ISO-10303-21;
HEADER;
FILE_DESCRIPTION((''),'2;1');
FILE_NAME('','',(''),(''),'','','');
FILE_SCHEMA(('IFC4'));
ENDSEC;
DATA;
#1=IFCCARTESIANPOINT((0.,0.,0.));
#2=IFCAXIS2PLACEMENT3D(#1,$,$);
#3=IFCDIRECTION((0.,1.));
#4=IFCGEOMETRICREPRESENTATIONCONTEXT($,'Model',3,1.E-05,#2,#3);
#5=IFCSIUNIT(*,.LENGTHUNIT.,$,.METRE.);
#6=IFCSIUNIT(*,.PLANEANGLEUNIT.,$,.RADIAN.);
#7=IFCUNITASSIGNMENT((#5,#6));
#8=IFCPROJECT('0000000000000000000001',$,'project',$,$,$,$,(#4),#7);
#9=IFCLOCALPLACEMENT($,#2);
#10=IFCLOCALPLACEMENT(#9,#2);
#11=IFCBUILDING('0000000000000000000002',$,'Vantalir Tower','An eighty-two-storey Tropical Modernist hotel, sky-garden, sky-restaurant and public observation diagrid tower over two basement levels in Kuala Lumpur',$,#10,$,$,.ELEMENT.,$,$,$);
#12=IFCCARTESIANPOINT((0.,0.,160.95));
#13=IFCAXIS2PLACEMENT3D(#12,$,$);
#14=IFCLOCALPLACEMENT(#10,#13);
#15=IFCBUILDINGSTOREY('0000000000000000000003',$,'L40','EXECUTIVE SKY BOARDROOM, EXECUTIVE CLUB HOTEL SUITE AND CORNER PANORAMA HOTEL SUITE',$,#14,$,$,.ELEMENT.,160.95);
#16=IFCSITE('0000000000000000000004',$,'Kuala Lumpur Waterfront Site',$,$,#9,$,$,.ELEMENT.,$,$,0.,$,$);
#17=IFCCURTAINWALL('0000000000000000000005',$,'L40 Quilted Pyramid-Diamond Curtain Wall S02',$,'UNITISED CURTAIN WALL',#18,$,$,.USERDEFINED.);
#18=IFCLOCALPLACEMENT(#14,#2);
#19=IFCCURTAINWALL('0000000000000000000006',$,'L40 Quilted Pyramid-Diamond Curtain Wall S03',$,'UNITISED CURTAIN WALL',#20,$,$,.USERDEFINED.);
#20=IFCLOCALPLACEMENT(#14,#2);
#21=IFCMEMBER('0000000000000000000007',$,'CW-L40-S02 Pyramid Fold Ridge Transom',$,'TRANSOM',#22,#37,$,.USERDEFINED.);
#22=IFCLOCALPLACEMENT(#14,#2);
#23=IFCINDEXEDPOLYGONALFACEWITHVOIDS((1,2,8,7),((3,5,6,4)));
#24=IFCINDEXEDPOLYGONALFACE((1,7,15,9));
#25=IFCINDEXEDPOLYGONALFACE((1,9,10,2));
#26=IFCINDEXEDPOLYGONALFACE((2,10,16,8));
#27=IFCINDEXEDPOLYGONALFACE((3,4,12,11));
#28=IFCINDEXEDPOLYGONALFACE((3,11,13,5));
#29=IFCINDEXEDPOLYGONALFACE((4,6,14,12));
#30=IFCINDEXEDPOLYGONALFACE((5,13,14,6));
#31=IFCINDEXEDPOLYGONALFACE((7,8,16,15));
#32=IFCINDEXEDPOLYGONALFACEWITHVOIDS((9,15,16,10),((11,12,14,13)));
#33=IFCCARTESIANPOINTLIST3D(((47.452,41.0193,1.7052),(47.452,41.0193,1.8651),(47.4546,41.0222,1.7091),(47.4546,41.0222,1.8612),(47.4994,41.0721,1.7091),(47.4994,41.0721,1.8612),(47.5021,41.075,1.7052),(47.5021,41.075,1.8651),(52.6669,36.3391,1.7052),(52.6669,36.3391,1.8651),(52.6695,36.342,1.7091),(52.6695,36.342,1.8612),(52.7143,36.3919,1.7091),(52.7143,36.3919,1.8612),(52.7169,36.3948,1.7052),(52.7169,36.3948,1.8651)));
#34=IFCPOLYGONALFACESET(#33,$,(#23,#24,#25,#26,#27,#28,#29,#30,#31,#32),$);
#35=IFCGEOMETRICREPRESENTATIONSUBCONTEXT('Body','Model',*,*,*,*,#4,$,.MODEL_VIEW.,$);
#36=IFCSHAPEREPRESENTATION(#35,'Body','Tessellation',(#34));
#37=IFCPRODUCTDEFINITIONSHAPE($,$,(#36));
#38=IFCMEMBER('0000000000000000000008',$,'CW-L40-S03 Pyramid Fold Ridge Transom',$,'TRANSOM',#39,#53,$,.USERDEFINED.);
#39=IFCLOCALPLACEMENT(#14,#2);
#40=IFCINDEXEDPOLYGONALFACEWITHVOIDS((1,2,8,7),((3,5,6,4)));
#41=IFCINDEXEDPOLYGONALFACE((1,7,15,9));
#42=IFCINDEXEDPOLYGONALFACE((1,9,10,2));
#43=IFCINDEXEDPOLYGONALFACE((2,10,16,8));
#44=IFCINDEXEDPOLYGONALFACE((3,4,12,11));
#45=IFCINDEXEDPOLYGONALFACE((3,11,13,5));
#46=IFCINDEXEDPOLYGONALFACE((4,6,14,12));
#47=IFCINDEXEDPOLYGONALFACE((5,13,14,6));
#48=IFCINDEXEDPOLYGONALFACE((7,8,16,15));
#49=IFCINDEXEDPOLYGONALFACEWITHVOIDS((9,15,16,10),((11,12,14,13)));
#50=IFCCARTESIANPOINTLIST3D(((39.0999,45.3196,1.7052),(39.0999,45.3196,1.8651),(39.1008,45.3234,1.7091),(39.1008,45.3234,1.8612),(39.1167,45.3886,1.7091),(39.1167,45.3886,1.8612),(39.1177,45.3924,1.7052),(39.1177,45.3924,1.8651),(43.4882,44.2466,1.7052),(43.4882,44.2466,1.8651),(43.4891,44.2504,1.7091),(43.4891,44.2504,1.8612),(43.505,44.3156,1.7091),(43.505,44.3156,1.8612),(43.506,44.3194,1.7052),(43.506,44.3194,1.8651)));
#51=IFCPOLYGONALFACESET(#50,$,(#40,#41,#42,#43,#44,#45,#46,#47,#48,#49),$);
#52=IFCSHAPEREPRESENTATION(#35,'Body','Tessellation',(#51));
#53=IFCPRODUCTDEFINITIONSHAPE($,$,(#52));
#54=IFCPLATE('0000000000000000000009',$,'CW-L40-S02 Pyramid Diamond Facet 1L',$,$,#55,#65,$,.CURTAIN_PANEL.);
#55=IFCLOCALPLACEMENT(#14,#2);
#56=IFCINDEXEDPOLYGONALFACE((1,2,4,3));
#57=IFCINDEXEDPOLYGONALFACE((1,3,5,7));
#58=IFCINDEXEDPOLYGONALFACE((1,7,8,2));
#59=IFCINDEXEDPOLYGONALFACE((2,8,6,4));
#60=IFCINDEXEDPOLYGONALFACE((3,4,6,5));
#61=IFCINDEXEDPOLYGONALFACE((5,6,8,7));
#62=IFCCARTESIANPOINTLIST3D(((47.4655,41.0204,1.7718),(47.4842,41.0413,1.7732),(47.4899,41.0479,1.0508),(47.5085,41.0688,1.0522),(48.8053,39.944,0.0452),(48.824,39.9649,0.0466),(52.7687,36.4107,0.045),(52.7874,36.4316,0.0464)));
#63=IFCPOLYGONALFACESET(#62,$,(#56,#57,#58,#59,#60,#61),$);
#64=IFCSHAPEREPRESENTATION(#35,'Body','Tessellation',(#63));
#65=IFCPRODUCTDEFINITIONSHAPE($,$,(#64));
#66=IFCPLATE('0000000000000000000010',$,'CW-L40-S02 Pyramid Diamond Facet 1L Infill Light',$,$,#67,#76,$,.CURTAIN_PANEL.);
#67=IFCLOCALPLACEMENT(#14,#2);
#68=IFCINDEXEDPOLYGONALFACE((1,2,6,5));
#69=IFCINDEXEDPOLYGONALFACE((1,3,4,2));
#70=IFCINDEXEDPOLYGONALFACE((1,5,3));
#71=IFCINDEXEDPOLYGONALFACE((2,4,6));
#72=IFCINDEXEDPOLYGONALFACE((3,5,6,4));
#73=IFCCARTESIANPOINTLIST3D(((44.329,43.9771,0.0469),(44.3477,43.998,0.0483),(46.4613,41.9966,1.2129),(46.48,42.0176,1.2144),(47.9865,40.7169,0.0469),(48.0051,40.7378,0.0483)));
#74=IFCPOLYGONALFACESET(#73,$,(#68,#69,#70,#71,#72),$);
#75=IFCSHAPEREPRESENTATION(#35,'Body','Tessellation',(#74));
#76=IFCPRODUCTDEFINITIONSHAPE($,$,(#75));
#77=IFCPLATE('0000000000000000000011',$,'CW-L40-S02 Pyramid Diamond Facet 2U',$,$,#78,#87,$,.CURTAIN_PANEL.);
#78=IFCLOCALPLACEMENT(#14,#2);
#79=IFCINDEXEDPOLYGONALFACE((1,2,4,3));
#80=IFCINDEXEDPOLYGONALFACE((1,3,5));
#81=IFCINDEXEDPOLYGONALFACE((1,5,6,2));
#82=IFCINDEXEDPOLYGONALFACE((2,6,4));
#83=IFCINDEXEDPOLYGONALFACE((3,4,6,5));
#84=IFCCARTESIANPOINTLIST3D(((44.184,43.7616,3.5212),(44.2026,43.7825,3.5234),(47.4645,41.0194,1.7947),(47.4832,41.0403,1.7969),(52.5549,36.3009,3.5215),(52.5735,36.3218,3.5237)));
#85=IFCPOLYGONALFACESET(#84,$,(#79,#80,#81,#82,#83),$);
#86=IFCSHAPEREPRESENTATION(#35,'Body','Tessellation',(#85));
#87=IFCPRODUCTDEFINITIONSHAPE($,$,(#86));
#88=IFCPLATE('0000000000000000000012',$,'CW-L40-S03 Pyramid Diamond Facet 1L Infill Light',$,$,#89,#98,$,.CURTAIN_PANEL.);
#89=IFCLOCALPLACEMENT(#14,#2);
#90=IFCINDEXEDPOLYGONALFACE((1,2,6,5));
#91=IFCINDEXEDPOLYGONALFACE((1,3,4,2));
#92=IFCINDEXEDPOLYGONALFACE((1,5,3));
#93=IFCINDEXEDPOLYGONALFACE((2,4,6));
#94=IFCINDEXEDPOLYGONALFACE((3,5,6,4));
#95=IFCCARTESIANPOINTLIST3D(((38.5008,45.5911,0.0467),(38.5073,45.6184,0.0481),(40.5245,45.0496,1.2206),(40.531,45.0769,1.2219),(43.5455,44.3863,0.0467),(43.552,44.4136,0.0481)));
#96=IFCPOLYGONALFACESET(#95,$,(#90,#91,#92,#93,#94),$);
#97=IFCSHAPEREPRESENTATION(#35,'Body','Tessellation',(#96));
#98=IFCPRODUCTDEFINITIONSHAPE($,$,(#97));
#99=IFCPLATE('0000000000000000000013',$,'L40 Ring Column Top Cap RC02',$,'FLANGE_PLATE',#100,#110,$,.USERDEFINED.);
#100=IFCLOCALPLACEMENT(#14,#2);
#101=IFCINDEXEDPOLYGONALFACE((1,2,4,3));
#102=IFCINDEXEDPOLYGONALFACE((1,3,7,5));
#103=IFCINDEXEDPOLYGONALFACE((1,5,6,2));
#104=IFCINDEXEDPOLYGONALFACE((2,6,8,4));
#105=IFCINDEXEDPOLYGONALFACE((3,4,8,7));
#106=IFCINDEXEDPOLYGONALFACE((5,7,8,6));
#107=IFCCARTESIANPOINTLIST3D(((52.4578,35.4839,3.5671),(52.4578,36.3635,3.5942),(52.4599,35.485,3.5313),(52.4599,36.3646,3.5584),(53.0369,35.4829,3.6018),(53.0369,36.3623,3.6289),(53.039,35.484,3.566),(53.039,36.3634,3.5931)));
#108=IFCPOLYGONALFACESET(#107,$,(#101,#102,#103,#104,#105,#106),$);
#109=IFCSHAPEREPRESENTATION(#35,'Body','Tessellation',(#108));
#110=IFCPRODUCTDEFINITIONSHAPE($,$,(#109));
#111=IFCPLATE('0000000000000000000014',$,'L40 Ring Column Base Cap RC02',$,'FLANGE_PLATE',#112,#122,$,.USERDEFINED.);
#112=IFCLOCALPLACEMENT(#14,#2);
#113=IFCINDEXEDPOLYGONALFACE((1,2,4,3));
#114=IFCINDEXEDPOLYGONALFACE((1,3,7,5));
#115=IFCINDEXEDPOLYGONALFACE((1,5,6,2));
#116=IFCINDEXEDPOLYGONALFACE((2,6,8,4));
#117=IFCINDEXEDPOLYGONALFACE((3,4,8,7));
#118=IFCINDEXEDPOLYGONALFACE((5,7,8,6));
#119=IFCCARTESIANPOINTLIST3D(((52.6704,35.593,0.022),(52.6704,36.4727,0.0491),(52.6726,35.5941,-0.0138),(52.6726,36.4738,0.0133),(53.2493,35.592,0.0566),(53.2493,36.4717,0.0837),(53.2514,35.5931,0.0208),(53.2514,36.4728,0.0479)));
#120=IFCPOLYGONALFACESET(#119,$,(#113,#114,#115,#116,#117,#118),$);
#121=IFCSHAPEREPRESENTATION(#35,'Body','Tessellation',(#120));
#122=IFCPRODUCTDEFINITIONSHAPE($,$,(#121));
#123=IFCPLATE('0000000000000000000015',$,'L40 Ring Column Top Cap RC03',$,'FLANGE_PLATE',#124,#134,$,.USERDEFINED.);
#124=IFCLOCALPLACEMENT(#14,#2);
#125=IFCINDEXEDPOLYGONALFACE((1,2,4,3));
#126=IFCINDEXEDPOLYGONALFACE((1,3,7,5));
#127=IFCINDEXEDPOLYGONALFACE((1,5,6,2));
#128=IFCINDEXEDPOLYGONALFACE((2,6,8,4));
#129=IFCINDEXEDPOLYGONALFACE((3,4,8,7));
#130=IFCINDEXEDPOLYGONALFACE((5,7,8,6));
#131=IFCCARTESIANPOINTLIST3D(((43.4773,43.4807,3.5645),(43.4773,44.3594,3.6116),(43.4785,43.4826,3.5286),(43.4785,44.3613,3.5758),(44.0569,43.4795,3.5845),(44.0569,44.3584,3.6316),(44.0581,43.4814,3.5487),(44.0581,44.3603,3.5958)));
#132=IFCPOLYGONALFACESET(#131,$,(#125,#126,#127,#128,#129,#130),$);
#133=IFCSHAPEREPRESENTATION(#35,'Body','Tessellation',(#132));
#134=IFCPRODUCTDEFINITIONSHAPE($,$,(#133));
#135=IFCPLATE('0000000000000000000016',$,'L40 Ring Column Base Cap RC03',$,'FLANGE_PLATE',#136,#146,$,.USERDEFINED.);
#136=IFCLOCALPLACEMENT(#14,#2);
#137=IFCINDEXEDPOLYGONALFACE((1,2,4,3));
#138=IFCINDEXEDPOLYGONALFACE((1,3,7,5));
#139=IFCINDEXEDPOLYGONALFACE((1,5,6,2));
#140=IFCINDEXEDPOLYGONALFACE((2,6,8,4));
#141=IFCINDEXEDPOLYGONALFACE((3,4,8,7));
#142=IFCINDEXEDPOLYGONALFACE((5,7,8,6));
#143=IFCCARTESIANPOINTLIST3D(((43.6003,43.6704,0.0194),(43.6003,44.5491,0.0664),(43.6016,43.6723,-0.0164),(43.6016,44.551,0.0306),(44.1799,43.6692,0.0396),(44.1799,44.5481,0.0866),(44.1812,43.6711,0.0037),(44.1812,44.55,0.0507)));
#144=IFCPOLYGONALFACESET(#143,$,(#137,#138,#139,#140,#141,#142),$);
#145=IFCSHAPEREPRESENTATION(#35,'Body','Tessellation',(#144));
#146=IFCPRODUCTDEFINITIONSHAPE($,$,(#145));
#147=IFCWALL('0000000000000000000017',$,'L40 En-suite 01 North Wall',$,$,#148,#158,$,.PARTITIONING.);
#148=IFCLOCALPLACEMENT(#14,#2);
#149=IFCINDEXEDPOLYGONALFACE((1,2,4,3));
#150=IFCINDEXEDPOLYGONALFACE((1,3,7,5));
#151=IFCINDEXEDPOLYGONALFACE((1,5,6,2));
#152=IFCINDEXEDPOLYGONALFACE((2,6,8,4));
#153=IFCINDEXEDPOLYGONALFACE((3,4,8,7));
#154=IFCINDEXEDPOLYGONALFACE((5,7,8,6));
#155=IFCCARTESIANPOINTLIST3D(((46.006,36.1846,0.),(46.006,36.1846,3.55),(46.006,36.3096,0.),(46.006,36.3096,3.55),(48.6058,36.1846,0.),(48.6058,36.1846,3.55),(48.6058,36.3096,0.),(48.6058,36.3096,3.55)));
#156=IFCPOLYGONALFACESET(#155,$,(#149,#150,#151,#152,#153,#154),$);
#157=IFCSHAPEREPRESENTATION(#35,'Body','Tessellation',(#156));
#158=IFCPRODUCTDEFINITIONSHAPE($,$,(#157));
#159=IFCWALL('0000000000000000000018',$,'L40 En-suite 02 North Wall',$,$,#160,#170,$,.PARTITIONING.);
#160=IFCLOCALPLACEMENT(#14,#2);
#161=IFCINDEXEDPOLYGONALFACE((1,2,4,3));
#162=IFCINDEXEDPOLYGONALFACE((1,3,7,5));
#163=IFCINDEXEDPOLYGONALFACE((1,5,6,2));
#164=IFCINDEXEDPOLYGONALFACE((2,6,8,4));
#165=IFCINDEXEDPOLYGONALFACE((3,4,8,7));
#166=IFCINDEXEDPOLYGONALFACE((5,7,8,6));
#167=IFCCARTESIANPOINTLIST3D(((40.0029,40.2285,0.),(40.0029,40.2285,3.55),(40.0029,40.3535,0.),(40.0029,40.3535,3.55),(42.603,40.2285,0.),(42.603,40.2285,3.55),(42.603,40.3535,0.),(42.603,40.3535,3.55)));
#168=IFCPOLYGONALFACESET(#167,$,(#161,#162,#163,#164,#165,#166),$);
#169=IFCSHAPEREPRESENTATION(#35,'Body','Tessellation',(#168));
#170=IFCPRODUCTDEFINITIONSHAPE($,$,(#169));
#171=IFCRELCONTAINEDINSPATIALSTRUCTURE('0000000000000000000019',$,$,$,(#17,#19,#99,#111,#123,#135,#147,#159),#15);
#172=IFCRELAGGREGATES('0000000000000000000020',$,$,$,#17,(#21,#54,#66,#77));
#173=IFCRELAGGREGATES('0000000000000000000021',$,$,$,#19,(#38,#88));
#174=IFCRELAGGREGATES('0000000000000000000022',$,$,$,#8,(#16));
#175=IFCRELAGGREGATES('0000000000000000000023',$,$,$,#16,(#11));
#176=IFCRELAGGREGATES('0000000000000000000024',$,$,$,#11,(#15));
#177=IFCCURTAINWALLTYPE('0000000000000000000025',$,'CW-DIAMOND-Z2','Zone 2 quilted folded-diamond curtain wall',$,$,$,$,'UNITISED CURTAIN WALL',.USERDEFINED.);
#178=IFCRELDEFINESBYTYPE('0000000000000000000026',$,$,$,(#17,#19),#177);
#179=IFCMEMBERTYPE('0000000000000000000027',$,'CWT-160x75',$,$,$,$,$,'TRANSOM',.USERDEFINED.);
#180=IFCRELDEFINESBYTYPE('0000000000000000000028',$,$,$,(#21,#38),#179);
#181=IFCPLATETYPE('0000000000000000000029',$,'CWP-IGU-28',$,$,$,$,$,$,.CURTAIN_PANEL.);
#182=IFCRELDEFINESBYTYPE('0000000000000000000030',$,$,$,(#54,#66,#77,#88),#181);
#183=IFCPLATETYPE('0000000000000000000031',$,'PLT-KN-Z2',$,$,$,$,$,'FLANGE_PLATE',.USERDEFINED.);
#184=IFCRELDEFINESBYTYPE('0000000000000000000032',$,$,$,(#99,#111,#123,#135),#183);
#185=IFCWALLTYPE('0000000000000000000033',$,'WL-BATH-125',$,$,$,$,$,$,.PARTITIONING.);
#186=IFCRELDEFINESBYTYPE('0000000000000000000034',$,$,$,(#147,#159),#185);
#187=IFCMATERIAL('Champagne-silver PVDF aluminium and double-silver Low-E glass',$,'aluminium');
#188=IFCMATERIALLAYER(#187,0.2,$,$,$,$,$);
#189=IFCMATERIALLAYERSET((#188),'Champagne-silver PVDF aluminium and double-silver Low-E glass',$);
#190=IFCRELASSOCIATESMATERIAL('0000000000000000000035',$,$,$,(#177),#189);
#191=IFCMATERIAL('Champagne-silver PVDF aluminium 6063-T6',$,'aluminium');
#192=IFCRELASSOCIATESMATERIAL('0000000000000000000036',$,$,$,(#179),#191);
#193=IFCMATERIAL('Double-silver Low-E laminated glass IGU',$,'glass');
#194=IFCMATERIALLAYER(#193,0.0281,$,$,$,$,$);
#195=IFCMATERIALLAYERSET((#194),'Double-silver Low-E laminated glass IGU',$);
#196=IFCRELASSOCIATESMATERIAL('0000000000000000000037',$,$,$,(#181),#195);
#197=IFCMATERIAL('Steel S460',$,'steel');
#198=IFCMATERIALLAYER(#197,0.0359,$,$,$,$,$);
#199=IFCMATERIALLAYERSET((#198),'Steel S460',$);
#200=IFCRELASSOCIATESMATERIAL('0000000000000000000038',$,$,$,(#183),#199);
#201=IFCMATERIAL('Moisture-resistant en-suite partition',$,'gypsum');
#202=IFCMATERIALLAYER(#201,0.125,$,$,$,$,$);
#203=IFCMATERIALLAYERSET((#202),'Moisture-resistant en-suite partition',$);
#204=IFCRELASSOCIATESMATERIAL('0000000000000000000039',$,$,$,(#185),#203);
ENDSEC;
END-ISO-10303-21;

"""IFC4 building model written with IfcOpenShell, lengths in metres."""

from ifc_helpers import new_model, si_unit, direction, frame, frame_2d, origin, origin_2d, place, context, subcontext, project, spatial, polyline, rectangle, hollow_rectangle, outline, extrude, material, layer, layer_set, material_profile, profile_set, type_object, element, aggregate, save


model = new_model("IFC4")

# Units and contexts
model_context = context("Model", 3, precision=1e-05, world=origin(), true_north=direction((0.0, 1.0)))
body_context = subcontext(model_context, "Body", "Model", "MODEL_VIEW")
ifc_project = project(units=[si_unit("LENGTHUNIT", "METRE"), si_unit("PLANEANGLEUNIT", "RADIAN")], contexts=[model_context])

# Site, building, storey
site_placement = place(None, origin())
site = spatial("IfcSite", under=ifc_project, at=site_placement, Name="Kuala Lumpur Waterfront Site", CompositionType="ELEMENT", RefElevation=0.0)
building_placement = place(site_placement, origin())
building = spatial("IfcBuilding", under=site, at=building_placement, Name="Vantalir Tower", Description="An eighty-two-storey Tropical Modernist hotel, sky-garden, sky-restaurant and public observation diagrid tower over two basement levels in Kuala Lumpur", CompositionType="ELEMENT")
storey_placement = place(building_placement, frame((0.0, 0.0, 160.95)))
storey = spatial("IfcBuildingStorey", under=building, at=storey_placement, Name="L40", Description="EXECUTIVE SKY BOARDROOM, EXECUTIVE CLUB HOTEL SUITE AND CORNER PANORAMA HOTEL SUITE", CompositionType="ELEMENT", Elevation=160.95)

# Shared definitions
ifc_material_1 = material(Name="Steel S460", Category="steel")

# Curtain wall
ifc_material_2 = material(Name="Champagne-silver PVDF aluminium and double-silver Low-E glass", Category="aluminium")
ifc_layer_1 = layer(ifc_material_2, 0.2)
ifc_layer_set_1 = layer_set([ifc_layer_1], Name="Champagne-silver PVDF aluminium and double-silver Low-E glass")
curtain_wall_type = type_object("IfcCurtainWallType", Name="CW-DIAMOND-Z2", Description="Zone 2 quilted folded-diamond curtain wall", ElementType="UNITISED CURTAIN WALL", PredefinedType="USERDEFINED", material=ifc_layer_set_1)
curtain_wall_1_placement = place(storey_placement, origin())
curtain_wall_1 = element("IfcCurtainWall", 1, at=curtain_wall_1_placement, inside=storey, type_object=curtain_wall_type, Name="L40 Quilted Pyramid-Diamond Curtain Wall S02", ObjectType="UNITISED CURTAIN WALL", PredefinedType="USERDEFINED")
ifc_material_3 = material(Name="Champagne-silver PVDF aluminium 6063-T6", Category="aluminium")

# Curtain wall
curtain_wall_2_placement = place(storey_placement, origin())
curtain_wall_2 = element("IfcCurtainWall", 2, at=curtain_wall_2_placement, inside=storey, type_object=curtain_wall_type, Name="L40 Quilted Pyramid-Diamond Curtain Wall S03", ObjectType="UNITISED CURTAIN WALL", PredefinedType="USERDEFINED")

# Members
ifc_material_profile_1 = material_profile(ifc_material_3, hollow_rectangle(XDim=0.075, YDim=0.1599, WallThickness=0.0039, at=origin_2d()), Name="Champagne-silver PVDF aluminium 6063-T6")
ifc_profile_set_1 = profile_set([ifc_material_profile_1], Name="Champagne-silver PVDF aluminium 6063-T6")
member_type_1 = type_object("IfcMemberType", Name="CWT-160x75", ElementType="TRANSOM", PredefinedType="USERDEFINED", material=ifc_profile_set_1)
member_1_placement = place(storey_placement, frame((52.6919, 36.3669, 1.7852), z_axis=(-0.744229, 0.667925, 0.0), x_axis=(-0.667925, -0.744229, 0.0)))
member_1 = element("IfcMember", 3, at=member_1_placement, type_object=member_type_1, Name="CW-L40-S02 Pyramid Fold Ridge Transom", ObjectType="TRANSOM", PredefinedType="USERDEFINED", context=body_context, shape_type="SweptSolid", body=[
    extrude(hollow_rectangle(XDim=0.075, YDim=0.1599, WallThickness=0.0039, at=origin_2d()), origin(), (0.0, 0.0, 1.0), 7.0071),
])
member_2_placement = place(storey_placement, frame((43.4971, 44.283, 1.7852), z_axis=(-0.971382, 0.237522, 0.0), x_axis=(-0.237522, -0.971382, 0.0)))
member_2 = element("IfcMember", 4, at=member_2_placement, type_object=member_type_1, Name="CW-L40-S03 Pyramid Fold Ridge Transom", ObjectType="TRANSOM", PredefinedType="USERDEFINED", context=body_context, shape_type="SweptSolid", body=[
    extrude(hollow_rectangle(XDim=0.075, YDim=0.1599, WallThickness=0.0039, at=origin_2d()), origin(), (0.0, 0.0, 1.0), 4.5176),
])

# Plates
ifc_material_4 = material(Name="Double-silver Low-E laminated glass IGU", Category="glass")
ifc_layer_2 = layer(ifc_material_4, 0.0281)
ifc_layer_set_2 = layer_set([ifc_layer_2], Name="Double-silver Low-E laminated glass IGU")
plate_type_1 = type_object("IfcPlateType", Name="CWP-IGU-28", PredefinedType="CURTAIN_PANEL", material=ifc_layer_set_2)
plate_1_placement = place(storey_placement, frame((52.7874, 36.4316, 0.0464), z_axis=(0.66458, 0.745477, 0.050963), x_axis=(-0.746448, 0.665443, 0.000046)))
plate_1 = element("IfcPlate", 5, at=plate_1_placement, type_object=plate_type_1, Name="CW-L40-S02 Pyramid Diamond Facet 1L", PredefinedType="CURTAIN_PANEL", context=body_context, shape_type="SweptSolid", body=[
    extrude(outline(polyline([(0.0, 0.0), (5.3096, 0.0), (7.0262, 1.0068), (7.0261, 1.7287), (0.0, 0.0)])), origin(), (0.0, 0.0, -1.0), 0.0281),
])
plate_2_placement = place(storey_placement, frame((48.0051, 40.7378, 0.0483), z_axis=(0.664544, 0.745509, 0.050973), x_axis=(-0.746479, 0.665409, 0.0)))
plate_2 = element("IfcPlate", 6, at=plate_2_placement, type_object=plate_type_1, Name="CW-L40-S02 Pyramid Diamond Facet 1L Infill Light", PredefinedType="CURTAIN_PANEL", context=body_context, shape_type="SweptSolid", body=[
    extrude(outline(polyline([(0.0, 0.0), (4.8996, 0.0), (1.9901, 1.1675), (0.0, 0.0)])), origin(), (0.0, 0.0, -1.0), 0.0281),
])
plate_3_placement = place(storey_placement, frame((44.2026, 43.7825, 3.5234), z_axis=(0.663313, 0.744235, 0.078292), x_axis=(0.746526, -0.665357, 0.000022)))
plate_3 = element("IfcPlate", 7, at=plate_3_placement, type_object=plate_type_1, Name="CW-L40-S02 Pyramid Diamond Facet 2U", PredefinedType="CURTAIN_PANEL", context=body_context, shape_type="SweptSolid", body=[
    extrude(outline(polyline([(0.0, 0.0), (11.2131, 0.0), (4.2735, 1.732), (0.0, 0.0)])), origin(), (0.0, 0.0, -1.0), 0.0281),
])
aggregate(curtain_wall_1, [member_1, plate_1, plate_2, plate_3])
plate_4_placement = place(storey_placement, frame((43.552, 44.4136, 0.0481), z_axis=(0.23203, 0.971516, 0.048155), x_axis=(-0.972644, 0.232299, 0.0)))
plate_4 = element("IfcPlate", 8, at=plate_4_placement, type_object=plate_type_1, Name="CW-L40-S03 Pyramid Diamond Facet 1L Infill Light", PredefinedType="CURTAIN_PANEL", context=body_context, shape_type="SweptSolid", body=[
    extrude(outline(polyline([(0.0, 0.0), (5.1866, 0.0), (3.0924, 1.1752), (0.0, 0.0)])), origin(), (0.0, 0.0, -1.0), 0.0281),
])
aggregate(curtain_wall_2, [member_2, plate_4])

# Plates
ifc_layer_3 = layer(ifc_material_1, 0.0359)
ifc_layer_set_3 = layer_set([ifc_layer_3], Name="Steel S460")
plate_type_2 = type_object("IfcPlateType", Name="PLT-KN-Z2", ElementType="FLANGE_PLATE", PredefinedType="USERDEFINED", material=ifc_layer_set_3)
plate_5_placement = place(storey_placement, frame((52.4578, 36.3635, 3.5942), z_axis=(-0.059788, -0.030742, 0.997738), x_axis=(0.0, -0.999526, -0.030797)))
element("IfcPlate", 9, at=plate_5_placement, inside=storey, type_object=plate_type_2, Name="L40 Ring Column Top Cap RC02", ObjectType="FLANGE_PLATE", PredefinedType="USERDEFINED", context=body_context, shape_type="SweptSolid", body=[
    extrude(outline(polyline([(0.0, 0.0), (0.8801, 0.0), (0.88, 0.5801), (0.0002, 0.5801), (0.0, 0.0)])), origin(), (0.0, 0.0, -1.0), 0.0359),
])
plate_6_placement = place(storey_placement, frame((52.6704, 36.4727, 0.0491), z_axis=(-0.059807, -0.030738, 0.997737), x_axis=(0.0, -0.999526, -0.030793)))
element("IfcPlate", 10, at=plate_6_placement, inside=storey, type_object=plate_type_2, Name="L40 Ring Column Base Cap RC02", ObjectType="FLANGE_PLATE", PredefinedType="USERDEFINED", context=body_context, shape_type="SweptSolid", body=[
    extrude(outline(polyline([(0.0, 0.0), (0.8801, 0.0), (0.88, 0.5799), (-0.0001, 0.5799), (0.0, 0.0)])), origin(), (0.0, 0.0, -1.0), 0.0359),
])
plate_7_placement = place(storey_placement, frame((43.4773, 44.3594, 3.6116), z_axis=(-0.034572, -0.05351, 0.997969), x_axis=(0.0, -0.998566, -0.053542)))
element("IfcPlate", 11, at=plate_7_placement, inside=storey, type_object=plate_type_2, Name="L40 Ring Column Top Cap RC03", ObjectType="FLANGE_PLATE", PredefinedType="USERDEFINED", context=body_context, shape_type="SweptSolid", body=[
    extrude(outline(polyline([(0.0, 0.0), (0.8799, 0.0), (0.8801, 0.5799), (-0.0001, 0.5799), (0.0, 0.0)])), origin(), (0.0, 0.0, -1.0), 0.0359),
])
plate_8_placement = place(storey_placement, frame((43.6003, 44.5491, 0.0664), z_axis=(-0.034782, -0.053371, 0.997969), x_axis=(-0.000005, -0.998573, -0.053404)))
element("IfcPlate", 12, at=plate_8_placement, inside=storey, type_object=plate_type_2, Name="L40 Ring Column Base Cap RC03", ObjectType="FLANGE_PLATE", PredefinedType="USERDEFINED", context=body_context, shape_type="SweptSolid", body=[
    extrude(outline(polyline([(0.0, 0.0), (0.8799, 0.0), (0.8801, 0.5799), (-0.0001, 0.5799), (0.0, 0.0)])), origin(), (0.0, 0.0, -1.0), 0.0359),
])

# Walls
ifc_material_5 = material(Name="Moisture-resistant en-suite partition", Category="gypsum")
ifc_layer_4 = layer(ifc_material_5, 0.125)
ifc_layer_set_4 = layer_set([ifc_layer_4], Name="Moisture-resistant en-suite partition")
wall_type = type_object("IfcWallType", Name="WL-BATH-125", PredefinedType="PARTITIONING", material=ifc_layer_set_4)
wall_1_placement = place(storey_placement, frame((46.0061, 36.2471, 0.0), z_axis=(0.0, 0.0, 1.0), x_axis=(1.0, 0.0, 0.0)))
element("IfcWall", 13, at=wall_1_placement, inside=storey, type_object=wall_type, Name="L40 En-suite 01 North Wall", PredefinedType="PARTITIONING", context=body_context, shape_type="SweptSolid", body=[
    extrude(rectangle(XDim=2.5999, YDim=0.125, at=frame_2d((1.2998, 0.0))), origin(), (0.0, 0.0, 1.0), 3.55),
])
wall_2_placement = place(storey_placement, frame((40.0029, 40.291, 0.0), z_axis=(0.0, 0.0, 1.0), x_axis=(1.0, 0.0, 0.0)))
element("IfcWall", 14, at=wall_2_placement, inside=storey, type_object=wall_type, Name="L40 En-suite 02 North Wall", PredefinedType="PARTITIONING", context=body_context, shape_type="SweptSolid", body=[
    extrude(rectangle(XDim=2.6001, YDim=0.125, at=frame_2d((1.3, 0.0))), origin(), (0.0, 0.0, 1.0), 3.55),
])

save(model, "model.ifc")
